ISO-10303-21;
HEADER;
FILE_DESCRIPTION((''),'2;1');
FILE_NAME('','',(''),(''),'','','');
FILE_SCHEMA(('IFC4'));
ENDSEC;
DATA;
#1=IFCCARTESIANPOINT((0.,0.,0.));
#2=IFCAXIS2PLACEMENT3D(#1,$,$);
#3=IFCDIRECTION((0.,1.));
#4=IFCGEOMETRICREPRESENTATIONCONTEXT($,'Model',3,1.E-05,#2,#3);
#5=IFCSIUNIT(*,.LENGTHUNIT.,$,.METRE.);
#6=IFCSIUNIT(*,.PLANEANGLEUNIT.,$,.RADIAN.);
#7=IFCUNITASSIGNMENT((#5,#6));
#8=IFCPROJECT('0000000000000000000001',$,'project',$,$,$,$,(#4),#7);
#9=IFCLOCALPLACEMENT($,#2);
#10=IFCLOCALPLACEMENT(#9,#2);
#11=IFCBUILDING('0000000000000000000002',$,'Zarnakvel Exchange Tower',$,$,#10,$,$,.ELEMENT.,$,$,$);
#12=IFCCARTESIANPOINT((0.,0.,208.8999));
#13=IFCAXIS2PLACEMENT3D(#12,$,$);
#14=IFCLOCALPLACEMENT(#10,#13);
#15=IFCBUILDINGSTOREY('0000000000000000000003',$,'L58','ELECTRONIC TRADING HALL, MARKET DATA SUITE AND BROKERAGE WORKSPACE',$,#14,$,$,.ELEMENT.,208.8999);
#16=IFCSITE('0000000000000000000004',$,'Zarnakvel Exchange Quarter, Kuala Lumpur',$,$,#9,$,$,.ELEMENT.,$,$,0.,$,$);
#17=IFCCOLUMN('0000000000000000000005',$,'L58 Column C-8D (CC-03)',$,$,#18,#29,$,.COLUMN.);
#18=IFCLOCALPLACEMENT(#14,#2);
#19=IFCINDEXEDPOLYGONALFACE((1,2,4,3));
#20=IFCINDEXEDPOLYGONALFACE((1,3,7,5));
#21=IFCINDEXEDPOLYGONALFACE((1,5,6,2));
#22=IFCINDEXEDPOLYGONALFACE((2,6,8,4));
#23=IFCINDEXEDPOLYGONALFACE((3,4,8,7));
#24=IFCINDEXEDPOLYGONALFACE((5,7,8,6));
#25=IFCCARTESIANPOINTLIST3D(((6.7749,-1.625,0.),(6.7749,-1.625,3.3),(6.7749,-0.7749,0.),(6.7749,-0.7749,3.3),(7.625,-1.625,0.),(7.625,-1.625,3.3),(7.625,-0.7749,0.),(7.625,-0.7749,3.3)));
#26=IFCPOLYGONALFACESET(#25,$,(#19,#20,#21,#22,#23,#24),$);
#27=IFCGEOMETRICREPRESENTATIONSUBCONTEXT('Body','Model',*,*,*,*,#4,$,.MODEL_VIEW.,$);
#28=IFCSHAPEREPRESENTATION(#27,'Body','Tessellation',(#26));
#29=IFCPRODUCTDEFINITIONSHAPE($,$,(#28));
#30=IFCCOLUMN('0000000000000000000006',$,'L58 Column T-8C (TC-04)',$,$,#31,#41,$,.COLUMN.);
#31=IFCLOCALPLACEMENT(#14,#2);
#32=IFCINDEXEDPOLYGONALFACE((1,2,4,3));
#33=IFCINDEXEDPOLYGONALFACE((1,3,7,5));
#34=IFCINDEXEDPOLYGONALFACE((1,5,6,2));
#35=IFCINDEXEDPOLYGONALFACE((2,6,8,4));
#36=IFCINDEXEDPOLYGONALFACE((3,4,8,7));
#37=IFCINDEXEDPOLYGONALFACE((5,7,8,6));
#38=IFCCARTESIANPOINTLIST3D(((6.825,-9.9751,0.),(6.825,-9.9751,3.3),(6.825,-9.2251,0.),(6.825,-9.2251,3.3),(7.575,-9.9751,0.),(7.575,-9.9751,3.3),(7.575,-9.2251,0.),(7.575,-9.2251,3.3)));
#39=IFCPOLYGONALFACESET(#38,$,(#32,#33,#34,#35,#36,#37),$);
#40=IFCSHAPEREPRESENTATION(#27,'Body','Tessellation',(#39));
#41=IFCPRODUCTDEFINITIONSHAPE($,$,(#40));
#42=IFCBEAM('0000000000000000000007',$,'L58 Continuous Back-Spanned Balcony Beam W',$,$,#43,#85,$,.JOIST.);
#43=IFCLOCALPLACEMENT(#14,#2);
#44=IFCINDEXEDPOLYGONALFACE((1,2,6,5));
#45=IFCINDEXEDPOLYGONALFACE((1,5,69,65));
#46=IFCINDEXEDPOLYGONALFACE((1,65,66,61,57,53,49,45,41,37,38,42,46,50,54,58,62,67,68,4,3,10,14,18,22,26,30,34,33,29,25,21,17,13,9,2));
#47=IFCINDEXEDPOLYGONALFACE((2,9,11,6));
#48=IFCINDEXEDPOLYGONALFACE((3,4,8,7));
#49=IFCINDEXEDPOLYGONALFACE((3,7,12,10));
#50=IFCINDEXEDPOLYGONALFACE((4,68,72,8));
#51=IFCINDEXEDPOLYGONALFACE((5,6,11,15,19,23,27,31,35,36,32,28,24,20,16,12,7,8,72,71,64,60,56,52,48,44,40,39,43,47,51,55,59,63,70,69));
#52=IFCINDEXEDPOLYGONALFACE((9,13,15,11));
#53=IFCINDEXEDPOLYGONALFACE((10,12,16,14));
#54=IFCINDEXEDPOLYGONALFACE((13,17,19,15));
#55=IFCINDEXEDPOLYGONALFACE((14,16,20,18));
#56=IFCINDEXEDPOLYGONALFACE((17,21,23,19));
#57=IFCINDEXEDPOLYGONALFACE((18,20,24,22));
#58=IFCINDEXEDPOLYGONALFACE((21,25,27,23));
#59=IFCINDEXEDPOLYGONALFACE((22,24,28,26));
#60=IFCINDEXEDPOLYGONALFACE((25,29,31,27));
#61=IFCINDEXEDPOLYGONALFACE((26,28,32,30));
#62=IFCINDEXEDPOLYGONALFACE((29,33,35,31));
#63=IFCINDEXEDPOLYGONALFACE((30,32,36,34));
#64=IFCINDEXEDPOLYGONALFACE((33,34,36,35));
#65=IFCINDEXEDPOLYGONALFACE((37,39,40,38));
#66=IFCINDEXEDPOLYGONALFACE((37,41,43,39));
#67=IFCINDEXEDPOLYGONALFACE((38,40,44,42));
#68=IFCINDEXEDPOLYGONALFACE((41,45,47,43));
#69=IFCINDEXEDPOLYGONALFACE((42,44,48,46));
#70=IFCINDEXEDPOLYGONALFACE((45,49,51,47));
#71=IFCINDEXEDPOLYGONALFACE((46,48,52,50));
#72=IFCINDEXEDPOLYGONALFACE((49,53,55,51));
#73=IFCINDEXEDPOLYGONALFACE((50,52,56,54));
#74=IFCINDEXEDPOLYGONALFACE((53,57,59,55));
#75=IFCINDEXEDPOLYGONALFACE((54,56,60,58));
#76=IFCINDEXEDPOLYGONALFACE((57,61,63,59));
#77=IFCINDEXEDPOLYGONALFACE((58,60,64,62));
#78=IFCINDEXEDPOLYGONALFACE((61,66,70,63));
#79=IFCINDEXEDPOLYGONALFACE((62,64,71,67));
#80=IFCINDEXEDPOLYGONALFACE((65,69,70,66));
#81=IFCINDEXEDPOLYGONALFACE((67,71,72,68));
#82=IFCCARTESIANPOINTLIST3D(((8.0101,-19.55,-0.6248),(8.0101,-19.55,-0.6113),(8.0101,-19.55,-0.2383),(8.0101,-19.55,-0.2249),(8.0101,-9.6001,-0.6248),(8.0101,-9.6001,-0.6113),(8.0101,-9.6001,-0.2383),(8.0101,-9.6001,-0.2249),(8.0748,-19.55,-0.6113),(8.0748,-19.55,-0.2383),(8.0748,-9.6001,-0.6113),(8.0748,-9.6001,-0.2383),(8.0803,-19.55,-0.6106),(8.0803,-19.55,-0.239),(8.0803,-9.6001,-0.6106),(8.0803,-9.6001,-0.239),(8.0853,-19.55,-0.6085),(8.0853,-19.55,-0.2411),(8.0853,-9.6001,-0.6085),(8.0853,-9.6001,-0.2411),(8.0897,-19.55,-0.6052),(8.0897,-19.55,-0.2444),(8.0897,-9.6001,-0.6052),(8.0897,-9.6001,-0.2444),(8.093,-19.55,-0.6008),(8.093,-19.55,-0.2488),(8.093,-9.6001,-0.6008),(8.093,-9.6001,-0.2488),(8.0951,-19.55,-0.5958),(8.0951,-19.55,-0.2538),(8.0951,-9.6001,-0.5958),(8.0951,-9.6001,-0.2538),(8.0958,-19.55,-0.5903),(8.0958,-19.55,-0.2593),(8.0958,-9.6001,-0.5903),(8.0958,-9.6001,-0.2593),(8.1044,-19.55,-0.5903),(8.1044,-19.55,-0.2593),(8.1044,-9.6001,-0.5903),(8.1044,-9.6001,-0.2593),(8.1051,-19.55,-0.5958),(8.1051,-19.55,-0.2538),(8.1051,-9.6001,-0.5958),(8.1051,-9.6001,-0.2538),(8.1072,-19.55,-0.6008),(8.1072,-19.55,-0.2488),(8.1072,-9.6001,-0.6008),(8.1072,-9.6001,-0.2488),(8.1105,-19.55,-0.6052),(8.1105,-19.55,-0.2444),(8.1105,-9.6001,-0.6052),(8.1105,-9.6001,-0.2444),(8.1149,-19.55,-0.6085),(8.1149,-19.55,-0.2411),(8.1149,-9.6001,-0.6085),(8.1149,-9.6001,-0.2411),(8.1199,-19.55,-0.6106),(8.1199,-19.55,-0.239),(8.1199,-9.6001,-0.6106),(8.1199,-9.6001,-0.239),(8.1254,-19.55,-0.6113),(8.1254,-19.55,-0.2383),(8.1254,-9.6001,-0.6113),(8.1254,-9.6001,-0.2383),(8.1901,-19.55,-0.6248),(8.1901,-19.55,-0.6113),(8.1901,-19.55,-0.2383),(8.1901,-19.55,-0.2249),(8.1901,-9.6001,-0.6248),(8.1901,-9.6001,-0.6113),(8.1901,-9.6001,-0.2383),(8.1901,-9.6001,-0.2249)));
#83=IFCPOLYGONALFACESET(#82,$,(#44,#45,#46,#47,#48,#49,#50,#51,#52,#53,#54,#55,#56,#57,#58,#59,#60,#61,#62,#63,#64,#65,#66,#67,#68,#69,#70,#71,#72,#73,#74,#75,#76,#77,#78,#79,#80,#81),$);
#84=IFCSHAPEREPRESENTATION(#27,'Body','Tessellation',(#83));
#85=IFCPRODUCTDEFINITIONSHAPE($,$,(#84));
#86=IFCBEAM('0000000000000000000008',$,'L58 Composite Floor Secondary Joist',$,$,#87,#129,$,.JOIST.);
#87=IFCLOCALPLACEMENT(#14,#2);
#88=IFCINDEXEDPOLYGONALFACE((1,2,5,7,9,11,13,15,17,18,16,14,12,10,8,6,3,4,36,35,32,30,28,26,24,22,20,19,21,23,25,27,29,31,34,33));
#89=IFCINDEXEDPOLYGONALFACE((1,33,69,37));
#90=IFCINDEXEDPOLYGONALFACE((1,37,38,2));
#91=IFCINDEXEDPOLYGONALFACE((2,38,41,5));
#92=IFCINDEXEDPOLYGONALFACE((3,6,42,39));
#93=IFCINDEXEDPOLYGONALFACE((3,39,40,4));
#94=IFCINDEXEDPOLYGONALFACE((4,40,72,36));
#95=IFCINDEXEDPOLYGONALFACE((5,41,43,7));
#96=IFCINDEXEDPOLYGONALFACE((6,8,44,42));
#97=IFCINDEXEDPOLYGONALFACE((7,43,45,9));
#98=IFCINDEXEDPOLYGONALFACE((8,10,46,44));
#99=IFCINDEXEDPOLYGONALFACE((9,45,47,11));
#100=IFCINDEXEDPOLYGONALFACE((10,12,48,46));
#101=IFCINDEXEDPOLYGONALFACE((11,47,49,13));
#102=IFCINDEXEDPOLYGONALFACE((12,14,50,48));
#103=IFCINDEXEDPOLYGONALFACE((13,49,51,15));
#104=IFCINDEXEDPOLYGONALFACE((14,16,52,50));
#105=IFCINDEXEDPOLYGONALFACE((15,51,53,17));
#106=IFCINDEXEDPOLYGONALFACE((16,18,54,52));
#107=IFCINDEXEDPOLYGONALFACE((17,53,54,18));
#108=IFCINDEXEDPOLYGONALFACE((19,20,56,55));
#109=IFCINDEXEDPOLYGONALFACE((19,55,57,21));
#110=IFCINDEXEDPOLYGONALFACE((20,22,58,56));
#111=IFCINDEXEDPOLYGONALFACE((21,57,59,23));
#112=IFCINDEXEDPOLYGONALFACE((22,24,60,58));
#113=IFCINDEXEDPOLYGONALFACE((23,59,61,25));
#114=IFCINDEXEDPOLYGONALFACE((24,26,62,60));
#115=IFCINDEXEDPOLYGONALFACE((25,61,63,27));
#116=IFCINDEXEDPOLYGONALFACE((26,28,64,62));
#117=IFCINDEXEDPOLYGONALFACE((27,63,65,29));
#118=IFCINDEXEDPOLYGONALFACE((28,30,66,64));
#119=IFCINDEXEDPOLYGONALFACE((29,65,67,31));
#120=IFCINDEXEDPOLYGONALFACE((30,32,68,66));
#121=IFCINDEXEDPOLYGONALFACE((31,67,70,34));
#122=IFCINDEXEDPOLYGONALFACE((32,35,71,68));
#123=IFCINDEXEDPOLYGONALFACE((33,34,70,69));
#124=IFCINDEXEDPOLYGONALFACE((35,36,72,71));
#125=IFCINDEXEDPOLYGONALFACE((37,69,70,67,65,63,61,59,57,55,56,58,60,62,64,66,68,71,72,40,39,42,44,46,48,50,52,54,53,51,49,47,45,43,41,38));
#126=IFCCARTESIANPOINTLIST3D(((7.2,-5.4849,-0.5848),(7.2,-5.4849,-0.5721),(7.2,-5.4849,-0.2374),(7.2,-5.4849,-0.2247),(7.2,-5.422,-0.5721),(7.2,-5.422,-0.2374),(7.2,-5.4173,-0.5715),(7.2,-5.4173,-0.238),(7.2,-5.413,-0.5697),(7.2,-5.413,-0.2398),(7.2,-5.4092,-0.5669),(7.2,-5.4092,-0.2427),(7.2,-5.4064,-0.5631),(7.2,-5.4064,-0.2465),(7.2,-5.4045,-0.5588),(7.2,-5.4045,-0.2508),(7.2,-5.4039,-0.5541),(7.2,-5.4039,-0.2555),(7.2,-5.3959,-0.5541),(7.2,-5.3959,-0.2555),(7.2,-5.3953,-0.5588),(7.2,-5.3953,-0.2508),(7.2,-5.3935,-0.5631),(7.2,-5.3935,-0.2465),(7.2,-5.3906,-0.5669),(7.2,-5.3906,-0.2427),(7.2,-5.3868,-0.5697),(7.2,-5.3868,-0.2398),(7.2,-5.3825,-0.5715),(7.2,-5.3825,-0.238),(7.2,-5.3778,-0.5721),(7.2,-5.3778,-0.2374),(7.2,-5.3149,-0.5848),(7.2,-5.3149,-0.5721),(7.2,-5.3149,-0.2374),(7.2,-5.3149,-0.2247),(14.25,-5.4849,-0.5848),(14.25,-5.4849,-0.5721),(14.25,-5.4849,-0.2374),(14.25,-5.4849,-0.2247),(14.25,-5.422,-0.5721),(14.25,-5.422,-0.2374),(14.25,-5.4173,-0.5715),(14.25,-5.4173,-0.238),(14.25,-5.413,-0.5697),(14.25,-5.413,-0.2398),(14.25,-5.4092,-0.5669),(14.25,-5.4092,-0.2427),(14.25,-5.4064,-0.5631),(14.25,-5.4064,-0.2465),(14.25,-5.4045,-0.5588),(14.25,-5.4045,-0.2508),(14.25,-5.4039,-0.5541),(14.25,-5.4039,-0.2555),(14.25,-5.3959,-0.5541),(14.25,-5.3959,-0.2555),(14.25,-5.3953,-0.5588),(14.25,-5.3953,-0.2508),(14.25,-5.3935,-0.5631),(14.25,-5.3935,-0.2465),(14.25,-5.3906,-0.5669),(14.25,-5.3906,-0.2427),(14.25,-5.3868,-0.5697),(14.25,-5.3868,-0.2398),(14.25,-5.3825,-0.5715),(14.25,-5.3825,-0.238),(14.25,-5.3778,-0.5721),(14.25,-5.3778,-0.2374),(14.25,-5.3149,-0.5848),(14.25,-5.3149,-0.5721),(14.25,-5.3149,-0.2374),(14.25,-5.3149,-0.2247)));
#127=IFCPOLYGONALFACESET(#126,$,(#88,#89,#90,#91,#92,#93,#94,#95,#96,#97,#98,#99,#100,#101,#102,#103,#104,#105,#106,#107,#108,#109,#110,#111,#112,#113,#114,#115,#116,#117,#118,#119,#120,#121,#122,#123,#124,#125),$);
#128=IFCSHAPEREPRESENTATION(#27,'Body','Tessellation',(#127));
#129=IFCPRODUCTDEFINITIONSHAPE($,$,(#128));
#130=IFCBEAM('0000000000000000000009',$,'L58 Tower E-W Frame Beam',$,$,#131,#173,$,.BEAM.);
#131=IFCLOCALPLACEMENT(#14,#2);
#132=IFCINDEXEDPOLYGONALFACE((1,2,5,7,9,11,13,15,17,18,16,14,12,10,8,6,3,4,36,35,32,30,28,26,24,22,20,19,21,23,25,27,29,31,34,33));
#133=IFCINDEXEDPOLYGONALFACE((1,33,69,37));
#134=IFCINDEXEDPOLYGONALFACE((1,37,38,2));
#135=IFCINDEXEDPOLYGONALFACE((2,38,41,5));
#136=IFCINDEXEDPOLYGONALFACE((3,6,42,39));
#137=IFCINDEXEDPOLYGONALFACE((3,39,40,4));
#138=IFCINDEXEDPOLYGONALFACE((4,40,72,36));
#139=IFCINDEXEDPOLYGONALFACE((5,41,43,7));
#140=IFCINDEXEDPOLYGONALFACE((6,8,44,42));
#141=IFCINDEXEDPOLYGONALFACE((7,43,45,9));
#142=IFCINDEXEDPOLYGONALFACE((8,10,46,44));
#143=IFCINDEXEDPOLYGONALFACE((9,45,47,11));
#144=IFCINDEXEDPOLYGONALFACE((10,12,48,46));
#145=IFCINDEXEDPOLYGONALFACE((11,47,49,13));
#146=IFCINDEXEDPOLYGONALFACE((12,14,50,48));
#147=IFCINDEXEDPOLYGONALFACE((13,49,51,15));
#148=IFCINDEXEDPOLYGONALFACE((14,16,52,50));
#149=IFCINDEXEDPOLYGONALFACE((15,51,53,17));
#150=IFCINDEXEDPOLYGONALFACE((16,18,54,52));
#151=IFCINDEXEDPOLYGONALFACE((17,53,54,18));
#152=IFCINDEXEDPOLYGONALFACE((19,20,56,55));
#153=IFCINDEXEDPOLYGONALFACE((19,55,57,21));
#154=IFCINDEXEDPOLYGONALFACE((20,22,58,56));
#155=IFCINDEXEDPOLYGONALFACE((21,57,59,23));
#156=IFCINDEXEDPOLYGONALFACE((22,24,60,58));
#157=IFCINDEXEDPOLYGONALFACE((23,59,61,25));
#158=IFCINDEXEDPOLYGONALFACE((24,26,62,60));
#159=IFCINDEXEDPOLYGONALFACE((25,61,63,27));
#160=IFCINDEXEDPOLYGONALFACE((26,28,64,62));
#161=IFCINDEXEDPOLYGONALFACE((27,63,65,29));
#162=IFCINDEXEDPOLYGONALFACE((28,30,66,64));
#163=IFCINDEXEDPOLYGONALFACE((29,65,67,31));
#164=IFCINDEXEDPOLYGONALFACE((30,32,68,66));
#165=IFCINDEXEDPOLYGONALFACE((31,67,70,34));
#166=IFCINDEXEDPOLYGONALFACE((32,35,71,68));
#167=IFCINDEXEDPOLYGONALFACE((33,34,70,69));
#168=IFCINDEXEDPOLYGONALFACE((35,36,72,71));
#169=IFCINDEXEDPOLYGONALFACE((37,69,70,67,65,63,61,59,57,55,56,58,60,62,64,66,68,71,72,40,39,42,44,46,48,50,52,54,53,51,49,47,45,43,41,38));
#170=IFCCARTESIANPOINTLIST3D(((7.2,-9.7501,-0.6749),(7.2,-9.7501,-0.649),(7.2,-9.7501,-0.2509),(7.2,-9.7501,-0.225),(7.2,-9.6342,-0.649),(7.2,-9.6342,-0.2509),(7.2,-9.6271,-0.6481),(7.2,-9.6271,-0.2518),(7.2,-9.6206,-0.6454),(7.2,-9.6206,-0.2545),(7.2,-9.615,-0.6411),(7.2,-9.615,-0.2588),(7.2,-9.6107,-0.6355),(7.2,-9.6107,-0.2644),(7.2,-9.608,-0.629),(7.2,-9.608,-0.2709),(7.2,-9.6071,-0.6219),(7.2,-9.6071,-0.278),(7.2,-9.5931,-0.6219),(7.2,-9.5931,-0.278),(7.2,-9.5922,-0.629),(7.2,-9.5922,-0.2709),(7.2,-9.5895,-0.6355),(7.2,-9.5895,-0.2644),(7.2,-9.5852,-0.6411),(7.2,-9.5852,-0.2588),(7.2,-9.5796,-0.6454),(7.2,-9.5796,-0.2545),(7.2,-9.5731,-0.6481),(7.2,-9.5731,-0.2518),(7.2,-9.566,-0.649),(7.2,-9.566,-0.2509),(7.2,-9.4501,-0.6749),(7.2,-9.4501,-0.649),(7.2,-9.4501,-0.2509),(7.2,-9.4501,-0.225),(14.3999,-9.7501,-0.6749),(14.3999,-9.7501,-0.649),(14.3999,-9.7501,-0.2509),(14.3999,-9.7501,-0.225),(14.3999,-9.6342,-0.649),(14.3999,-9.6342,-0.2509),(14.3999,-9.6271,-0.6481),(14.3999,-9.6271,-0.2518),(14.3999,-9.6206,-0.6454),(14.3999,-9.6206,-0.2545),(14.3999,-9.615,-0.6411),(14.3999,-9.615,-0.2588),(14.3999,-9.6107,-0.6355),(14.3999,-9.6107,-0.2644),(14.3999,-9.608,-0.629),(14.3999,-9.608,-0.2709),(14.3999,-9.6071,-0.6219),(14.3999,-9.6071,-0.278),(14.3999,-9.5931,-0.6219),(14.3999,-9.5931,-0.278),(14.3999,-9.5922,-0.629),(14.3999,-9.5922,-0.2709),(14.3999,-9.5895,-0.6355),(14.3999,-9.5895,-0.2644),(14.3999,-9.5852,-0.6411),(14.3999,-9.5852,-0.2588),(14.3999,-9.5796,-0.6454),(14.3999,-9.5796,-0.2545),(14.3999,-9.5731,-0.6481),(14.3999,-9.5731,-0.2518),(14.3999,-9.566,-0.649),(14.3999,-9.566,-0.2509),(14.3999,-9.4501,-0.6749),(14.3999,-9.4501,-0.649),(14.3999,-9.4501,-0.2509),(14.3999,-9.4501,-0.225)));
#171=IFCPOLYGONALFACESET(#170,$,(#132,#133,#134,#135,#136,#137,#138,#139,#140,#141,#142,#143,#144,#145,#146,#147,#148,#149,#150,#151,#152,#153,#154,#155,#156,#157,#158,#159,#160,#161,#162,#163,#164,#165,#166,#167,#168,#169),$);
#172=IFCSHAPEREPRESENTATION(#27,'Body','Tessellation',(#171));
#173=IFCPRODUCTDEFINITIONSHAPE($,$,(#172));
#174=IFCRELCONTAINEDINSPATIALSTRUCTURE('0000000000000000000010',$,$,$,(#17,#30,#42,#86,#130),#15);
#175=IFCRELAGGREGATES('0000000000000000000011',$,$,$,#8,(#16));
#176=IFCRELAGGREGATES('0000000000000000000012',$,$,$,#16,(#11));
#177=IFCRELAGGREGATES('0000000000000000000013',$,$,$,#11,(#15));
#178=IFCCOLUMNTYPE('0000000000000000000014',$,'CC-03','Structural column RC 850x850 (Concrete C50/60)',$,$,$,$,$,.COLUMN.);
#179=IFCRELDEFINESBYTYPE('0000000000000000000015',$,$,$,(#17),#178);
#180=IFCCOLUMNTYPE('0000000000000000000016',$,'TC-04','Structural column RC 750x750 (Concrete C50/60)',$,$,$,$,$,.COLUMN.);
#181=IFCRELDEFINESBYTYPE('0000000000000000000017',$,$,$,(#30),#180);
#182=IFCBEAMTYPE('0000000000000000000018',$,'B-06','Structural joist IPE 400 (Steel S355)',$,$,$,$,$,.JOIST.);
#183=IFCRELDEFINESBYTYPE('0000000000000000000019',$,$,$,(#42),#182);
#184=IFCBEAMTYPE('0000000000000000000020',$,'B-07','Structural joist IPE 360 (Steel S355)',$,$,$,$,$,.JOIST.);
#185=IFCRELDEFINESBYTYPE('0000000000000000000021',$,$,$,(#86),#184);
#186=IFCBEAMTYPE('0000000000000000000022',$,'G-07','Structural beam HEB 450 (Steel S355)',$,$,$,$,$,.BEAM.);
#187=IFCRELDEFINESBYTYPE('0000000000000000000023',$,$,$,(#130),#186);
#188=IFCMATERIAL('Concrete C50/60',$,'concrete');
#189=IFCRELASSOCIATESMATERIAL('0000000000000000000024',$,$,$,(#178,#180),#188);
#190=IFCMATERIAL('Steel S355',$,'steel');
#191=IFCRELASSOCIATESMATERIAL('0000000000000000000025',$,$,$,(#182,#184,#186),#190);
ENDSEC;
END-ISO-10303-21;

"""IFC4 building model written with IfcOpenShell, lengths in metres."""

from ifc_helpers import new_model, si_unit, direction, frame, origin, origin_2d, place, context, subcontext, project, spatial, rectangle, i_section, extrude, material, material_profile, profile_set, type_object, element, save


model = new_model("IFC4")

# Units and contexts
model_context = context("Model", 3, precision=1e-05, world=origin(), true_north=direction((0.0, 1.0)))
body_context = subcontext(model_context, "Body", "Model", "MODEL_VIEW")
ifc_project = project(units=[si_unit("LENGTHUNIT", "METRE"), si_unit("PLANEANGLEUNIT", "RADIAN")], contexts=[model_context])

# Site, building, storey
site_placement = place(None, origin())
site = spatial("IfcSite", under=ifc_project, at=site_placement, Name="Zarnakvel Exchange Quarter, Kuala Lumpur", CompositionType="ELEMENT", RefElevation=0.0)
building_placement = place(site_placement, origin())
building = spatial("IfcBuilding", under=site, at=building_placement, Name="Zarnakvel Exchange Tower", CompositionType="ELEMENT")
storey_placement = place(building_placement, frame((0.0, 0.0, 208.8999)))
storey = spatial("IfcBuildingStorey", under=building, at=storey_placement, Name="L58", Description="ELECTRONIC TRADING HALL, MARKET DATA SUITE AND BROKERAGE WORKSPACE", CompositionType="ELEMENT", Elevation=208.8999)

# Columns
ifc_material_1 = material(Name="Concrete C50/60", Category="concrete")
ifc_material_profile_1 = material_profile(ifc_material_1, rectangle(XDim=0.8501, YDim=0.8501, at=origin_2d()))
ifc_profile_set_1 = profile_set([ifc_material_profile_1], Name="Concrete C50/60")
column_type_1 = type_object("IfcColumnType", Name="CC-03", Description="Structural column RC 850x850 (Concrete C50/60)", PredefinedType="COLUMN", material=ifc_profile_set_1)
column_1_placement = place(storey_placement, frame((7.2, -1.2, 0.0), z_axis=(0.0, 0.0, 1.0), x_axis=(1.0, 0.0, 0.0)))
element("IfcColumn", 1, at=column_1_placement, inside=storey, type_object=column_type_1, Name="L58 Column C-8D (CC-03)", PredefinedType="COLUMN", context=body_context, shape_type="SweptSolid", body=[
    extrude(rectangle(XDim=0.8501, YDim=0.8501, at=origin_2d()), origin(), (0.0, 0.0, 1.0), 3.3),
])
ifc_material_profile_2 = material_profile(ifc_material_1, rectangle(XDim=0.75, YDim=0.75, at=origin_2d()))
ifc_profile_set_2 = profile_set([ifc_material_profile_2], Name="Concrete C50/60")
column_type_2 = type_object("IfcColumnType", Name="TC-04", Description="Structural column RC 750x750 (Concrete C50/60)", PredefinedType="COLUMN", material=ifc_profile_set_2)
column_2_placement = place(storey_placement, frame((7.2, -9.6001, 0.0), z_axis=(0.0, 0.0, 1.0), x_axis=(1.0, 0.0, 0.0)))
element("IfcColumn", 2, at=column_2_placement, inside=storey, type_object=column_type_2, Name="L58 Column T-8C (TC-04)", PredefinedType="COLUMN", context=body_context, shape_type="SweptSolid", body=[
    extrude(rectangle(XDim=0.75, YDim=0.75, at=origin_2d()), origin(), (0.0, 0.0, 1.0), 3.3),
])

# Beams
ifc_material_2 = material(Name="Steel S355", Category="steel")
ifc_material_profile_3 = material_profile(ifc_material_2, i_section(OverallWidth=0.1799, OverallDepth=0.3999, WebThickness=0.0085, FlangeThickness=0.0134, FilletRadius=0.021, at=origin_2d()))
ifc_profile_set_3 = profile_set([ifc_material_profile_3], Name="Steel S355")
beam_type_1 = type_object("IfcBeamType", Name="B-06", Description="Structural joist IPE 400 (Steel S355)", PredefinedType="JOIST", material=ifc_profile_set_3)
beam_1_placement = place(storey_placement, frame((8.1001, -9.6001, -0.4248), z_axis=(0.0, -1.0, 0.0), x_axis=(1.0, 0.0, 0.0)))
element("IfcBeam", 3, at=beam_1_placement, inside=storey, type_object=beam_type_1, Name="L58 Continuous Back-Spanned Balcony Beam W", PredefinedType="JOIST", context=body_context, shape_type="SweptSolid", body=[
    extrude(i_section(OverallWidth=0.1799, OverallDepth=0.3999, WebThickness=0.0085, FlangeThickness=0.0134, FilletRadius=0.021, at=origin_2d()), origin(), (0.0, 0.0, 1.0), 9.95),
])
ifc_material_profile_4 = material_profile(ifc_material_2, i_section(OverallWidth=0.1699, OverallDepth=0.3601, WebThickness=0.0081, FlangeThickness=0.0127, FilletRadius=0.0181, at=origin_2d()))
ifc_profile_set_4 = profile_set([ifc_material_profile_4], Name="Steel S355")
beam_type_2 = type_object("IfcBeamType", Name="B-07", Description="Structural joist IPE 360 (Steel S355)", PredefinedType="JOIST", material=ifc_profile_set_4)
beam_2_placement = place(storey_placement, frame((7.2, -5.3999, -0.4048), z_axis=(1.0, 0.0, 0.0), x_axis=(0.0, 1.0, 0.0)))
element("IfcBeam", 4, at=beam_2_placement, inside=storey, type_object=beam_type_2, Name="L58 Composite Floor Secondary Joist", PredefinedType="JOIST", context=body_context, shape_type="SweptSolid", body=[
    extrude(i_section(OverallWidth=0.1699, OverallDepth=0.3601, WebThickness=0.0081, FlangeThickness=0.0127, FilletRadius=0.0181, at=origin_2d()), origin(), (0.0, 0.0, 1.0), 7.05),
])
ifc_material_profile_5 = material_profile(ifc_material_2, i_section(OverallWidth=0.3, OverallDepth=0.45, WebThickness=0.0139, FlangeThickness=0.0259, FilletRadius=0.0271, at=origin_2d()))
ifc_profile_set_5 = profile_set([ifc_material_profile_5], Name="Steel S355")
beam_type_3 = type_object("IfcBeamType", Name="G-07", Description="Structural beam HEB 450 (Steel S355)", PredefinedType="BEAM", material=ifc_profile_set_5)
beam_3_placement = place(storey_placement, frame((7.2, -9.6001, -0.45), z_axis=(1.0, 0.0, 0.0), x_axis=(0.0, 1.0, 0.0)))
element("IfcBeam", 5, at=beam_3_placement, inside=storey, type_object=beam_type_3, Name="L58 Tower E-W Frame Beam", PredefinedType="BEAM", context=body_context, shape_type="SweptSolid", body=[
    extrude(i_section(OverallWidth=0.3, OverallDepth=0.45, WebThickness=0.0139, FlangeThickness=0.0259, FilletRadius=0.0271, at=origin_2d()), origin(), (0.0, 0.0, 1.0), 7.2),
])

save(model, "model.ifc")
